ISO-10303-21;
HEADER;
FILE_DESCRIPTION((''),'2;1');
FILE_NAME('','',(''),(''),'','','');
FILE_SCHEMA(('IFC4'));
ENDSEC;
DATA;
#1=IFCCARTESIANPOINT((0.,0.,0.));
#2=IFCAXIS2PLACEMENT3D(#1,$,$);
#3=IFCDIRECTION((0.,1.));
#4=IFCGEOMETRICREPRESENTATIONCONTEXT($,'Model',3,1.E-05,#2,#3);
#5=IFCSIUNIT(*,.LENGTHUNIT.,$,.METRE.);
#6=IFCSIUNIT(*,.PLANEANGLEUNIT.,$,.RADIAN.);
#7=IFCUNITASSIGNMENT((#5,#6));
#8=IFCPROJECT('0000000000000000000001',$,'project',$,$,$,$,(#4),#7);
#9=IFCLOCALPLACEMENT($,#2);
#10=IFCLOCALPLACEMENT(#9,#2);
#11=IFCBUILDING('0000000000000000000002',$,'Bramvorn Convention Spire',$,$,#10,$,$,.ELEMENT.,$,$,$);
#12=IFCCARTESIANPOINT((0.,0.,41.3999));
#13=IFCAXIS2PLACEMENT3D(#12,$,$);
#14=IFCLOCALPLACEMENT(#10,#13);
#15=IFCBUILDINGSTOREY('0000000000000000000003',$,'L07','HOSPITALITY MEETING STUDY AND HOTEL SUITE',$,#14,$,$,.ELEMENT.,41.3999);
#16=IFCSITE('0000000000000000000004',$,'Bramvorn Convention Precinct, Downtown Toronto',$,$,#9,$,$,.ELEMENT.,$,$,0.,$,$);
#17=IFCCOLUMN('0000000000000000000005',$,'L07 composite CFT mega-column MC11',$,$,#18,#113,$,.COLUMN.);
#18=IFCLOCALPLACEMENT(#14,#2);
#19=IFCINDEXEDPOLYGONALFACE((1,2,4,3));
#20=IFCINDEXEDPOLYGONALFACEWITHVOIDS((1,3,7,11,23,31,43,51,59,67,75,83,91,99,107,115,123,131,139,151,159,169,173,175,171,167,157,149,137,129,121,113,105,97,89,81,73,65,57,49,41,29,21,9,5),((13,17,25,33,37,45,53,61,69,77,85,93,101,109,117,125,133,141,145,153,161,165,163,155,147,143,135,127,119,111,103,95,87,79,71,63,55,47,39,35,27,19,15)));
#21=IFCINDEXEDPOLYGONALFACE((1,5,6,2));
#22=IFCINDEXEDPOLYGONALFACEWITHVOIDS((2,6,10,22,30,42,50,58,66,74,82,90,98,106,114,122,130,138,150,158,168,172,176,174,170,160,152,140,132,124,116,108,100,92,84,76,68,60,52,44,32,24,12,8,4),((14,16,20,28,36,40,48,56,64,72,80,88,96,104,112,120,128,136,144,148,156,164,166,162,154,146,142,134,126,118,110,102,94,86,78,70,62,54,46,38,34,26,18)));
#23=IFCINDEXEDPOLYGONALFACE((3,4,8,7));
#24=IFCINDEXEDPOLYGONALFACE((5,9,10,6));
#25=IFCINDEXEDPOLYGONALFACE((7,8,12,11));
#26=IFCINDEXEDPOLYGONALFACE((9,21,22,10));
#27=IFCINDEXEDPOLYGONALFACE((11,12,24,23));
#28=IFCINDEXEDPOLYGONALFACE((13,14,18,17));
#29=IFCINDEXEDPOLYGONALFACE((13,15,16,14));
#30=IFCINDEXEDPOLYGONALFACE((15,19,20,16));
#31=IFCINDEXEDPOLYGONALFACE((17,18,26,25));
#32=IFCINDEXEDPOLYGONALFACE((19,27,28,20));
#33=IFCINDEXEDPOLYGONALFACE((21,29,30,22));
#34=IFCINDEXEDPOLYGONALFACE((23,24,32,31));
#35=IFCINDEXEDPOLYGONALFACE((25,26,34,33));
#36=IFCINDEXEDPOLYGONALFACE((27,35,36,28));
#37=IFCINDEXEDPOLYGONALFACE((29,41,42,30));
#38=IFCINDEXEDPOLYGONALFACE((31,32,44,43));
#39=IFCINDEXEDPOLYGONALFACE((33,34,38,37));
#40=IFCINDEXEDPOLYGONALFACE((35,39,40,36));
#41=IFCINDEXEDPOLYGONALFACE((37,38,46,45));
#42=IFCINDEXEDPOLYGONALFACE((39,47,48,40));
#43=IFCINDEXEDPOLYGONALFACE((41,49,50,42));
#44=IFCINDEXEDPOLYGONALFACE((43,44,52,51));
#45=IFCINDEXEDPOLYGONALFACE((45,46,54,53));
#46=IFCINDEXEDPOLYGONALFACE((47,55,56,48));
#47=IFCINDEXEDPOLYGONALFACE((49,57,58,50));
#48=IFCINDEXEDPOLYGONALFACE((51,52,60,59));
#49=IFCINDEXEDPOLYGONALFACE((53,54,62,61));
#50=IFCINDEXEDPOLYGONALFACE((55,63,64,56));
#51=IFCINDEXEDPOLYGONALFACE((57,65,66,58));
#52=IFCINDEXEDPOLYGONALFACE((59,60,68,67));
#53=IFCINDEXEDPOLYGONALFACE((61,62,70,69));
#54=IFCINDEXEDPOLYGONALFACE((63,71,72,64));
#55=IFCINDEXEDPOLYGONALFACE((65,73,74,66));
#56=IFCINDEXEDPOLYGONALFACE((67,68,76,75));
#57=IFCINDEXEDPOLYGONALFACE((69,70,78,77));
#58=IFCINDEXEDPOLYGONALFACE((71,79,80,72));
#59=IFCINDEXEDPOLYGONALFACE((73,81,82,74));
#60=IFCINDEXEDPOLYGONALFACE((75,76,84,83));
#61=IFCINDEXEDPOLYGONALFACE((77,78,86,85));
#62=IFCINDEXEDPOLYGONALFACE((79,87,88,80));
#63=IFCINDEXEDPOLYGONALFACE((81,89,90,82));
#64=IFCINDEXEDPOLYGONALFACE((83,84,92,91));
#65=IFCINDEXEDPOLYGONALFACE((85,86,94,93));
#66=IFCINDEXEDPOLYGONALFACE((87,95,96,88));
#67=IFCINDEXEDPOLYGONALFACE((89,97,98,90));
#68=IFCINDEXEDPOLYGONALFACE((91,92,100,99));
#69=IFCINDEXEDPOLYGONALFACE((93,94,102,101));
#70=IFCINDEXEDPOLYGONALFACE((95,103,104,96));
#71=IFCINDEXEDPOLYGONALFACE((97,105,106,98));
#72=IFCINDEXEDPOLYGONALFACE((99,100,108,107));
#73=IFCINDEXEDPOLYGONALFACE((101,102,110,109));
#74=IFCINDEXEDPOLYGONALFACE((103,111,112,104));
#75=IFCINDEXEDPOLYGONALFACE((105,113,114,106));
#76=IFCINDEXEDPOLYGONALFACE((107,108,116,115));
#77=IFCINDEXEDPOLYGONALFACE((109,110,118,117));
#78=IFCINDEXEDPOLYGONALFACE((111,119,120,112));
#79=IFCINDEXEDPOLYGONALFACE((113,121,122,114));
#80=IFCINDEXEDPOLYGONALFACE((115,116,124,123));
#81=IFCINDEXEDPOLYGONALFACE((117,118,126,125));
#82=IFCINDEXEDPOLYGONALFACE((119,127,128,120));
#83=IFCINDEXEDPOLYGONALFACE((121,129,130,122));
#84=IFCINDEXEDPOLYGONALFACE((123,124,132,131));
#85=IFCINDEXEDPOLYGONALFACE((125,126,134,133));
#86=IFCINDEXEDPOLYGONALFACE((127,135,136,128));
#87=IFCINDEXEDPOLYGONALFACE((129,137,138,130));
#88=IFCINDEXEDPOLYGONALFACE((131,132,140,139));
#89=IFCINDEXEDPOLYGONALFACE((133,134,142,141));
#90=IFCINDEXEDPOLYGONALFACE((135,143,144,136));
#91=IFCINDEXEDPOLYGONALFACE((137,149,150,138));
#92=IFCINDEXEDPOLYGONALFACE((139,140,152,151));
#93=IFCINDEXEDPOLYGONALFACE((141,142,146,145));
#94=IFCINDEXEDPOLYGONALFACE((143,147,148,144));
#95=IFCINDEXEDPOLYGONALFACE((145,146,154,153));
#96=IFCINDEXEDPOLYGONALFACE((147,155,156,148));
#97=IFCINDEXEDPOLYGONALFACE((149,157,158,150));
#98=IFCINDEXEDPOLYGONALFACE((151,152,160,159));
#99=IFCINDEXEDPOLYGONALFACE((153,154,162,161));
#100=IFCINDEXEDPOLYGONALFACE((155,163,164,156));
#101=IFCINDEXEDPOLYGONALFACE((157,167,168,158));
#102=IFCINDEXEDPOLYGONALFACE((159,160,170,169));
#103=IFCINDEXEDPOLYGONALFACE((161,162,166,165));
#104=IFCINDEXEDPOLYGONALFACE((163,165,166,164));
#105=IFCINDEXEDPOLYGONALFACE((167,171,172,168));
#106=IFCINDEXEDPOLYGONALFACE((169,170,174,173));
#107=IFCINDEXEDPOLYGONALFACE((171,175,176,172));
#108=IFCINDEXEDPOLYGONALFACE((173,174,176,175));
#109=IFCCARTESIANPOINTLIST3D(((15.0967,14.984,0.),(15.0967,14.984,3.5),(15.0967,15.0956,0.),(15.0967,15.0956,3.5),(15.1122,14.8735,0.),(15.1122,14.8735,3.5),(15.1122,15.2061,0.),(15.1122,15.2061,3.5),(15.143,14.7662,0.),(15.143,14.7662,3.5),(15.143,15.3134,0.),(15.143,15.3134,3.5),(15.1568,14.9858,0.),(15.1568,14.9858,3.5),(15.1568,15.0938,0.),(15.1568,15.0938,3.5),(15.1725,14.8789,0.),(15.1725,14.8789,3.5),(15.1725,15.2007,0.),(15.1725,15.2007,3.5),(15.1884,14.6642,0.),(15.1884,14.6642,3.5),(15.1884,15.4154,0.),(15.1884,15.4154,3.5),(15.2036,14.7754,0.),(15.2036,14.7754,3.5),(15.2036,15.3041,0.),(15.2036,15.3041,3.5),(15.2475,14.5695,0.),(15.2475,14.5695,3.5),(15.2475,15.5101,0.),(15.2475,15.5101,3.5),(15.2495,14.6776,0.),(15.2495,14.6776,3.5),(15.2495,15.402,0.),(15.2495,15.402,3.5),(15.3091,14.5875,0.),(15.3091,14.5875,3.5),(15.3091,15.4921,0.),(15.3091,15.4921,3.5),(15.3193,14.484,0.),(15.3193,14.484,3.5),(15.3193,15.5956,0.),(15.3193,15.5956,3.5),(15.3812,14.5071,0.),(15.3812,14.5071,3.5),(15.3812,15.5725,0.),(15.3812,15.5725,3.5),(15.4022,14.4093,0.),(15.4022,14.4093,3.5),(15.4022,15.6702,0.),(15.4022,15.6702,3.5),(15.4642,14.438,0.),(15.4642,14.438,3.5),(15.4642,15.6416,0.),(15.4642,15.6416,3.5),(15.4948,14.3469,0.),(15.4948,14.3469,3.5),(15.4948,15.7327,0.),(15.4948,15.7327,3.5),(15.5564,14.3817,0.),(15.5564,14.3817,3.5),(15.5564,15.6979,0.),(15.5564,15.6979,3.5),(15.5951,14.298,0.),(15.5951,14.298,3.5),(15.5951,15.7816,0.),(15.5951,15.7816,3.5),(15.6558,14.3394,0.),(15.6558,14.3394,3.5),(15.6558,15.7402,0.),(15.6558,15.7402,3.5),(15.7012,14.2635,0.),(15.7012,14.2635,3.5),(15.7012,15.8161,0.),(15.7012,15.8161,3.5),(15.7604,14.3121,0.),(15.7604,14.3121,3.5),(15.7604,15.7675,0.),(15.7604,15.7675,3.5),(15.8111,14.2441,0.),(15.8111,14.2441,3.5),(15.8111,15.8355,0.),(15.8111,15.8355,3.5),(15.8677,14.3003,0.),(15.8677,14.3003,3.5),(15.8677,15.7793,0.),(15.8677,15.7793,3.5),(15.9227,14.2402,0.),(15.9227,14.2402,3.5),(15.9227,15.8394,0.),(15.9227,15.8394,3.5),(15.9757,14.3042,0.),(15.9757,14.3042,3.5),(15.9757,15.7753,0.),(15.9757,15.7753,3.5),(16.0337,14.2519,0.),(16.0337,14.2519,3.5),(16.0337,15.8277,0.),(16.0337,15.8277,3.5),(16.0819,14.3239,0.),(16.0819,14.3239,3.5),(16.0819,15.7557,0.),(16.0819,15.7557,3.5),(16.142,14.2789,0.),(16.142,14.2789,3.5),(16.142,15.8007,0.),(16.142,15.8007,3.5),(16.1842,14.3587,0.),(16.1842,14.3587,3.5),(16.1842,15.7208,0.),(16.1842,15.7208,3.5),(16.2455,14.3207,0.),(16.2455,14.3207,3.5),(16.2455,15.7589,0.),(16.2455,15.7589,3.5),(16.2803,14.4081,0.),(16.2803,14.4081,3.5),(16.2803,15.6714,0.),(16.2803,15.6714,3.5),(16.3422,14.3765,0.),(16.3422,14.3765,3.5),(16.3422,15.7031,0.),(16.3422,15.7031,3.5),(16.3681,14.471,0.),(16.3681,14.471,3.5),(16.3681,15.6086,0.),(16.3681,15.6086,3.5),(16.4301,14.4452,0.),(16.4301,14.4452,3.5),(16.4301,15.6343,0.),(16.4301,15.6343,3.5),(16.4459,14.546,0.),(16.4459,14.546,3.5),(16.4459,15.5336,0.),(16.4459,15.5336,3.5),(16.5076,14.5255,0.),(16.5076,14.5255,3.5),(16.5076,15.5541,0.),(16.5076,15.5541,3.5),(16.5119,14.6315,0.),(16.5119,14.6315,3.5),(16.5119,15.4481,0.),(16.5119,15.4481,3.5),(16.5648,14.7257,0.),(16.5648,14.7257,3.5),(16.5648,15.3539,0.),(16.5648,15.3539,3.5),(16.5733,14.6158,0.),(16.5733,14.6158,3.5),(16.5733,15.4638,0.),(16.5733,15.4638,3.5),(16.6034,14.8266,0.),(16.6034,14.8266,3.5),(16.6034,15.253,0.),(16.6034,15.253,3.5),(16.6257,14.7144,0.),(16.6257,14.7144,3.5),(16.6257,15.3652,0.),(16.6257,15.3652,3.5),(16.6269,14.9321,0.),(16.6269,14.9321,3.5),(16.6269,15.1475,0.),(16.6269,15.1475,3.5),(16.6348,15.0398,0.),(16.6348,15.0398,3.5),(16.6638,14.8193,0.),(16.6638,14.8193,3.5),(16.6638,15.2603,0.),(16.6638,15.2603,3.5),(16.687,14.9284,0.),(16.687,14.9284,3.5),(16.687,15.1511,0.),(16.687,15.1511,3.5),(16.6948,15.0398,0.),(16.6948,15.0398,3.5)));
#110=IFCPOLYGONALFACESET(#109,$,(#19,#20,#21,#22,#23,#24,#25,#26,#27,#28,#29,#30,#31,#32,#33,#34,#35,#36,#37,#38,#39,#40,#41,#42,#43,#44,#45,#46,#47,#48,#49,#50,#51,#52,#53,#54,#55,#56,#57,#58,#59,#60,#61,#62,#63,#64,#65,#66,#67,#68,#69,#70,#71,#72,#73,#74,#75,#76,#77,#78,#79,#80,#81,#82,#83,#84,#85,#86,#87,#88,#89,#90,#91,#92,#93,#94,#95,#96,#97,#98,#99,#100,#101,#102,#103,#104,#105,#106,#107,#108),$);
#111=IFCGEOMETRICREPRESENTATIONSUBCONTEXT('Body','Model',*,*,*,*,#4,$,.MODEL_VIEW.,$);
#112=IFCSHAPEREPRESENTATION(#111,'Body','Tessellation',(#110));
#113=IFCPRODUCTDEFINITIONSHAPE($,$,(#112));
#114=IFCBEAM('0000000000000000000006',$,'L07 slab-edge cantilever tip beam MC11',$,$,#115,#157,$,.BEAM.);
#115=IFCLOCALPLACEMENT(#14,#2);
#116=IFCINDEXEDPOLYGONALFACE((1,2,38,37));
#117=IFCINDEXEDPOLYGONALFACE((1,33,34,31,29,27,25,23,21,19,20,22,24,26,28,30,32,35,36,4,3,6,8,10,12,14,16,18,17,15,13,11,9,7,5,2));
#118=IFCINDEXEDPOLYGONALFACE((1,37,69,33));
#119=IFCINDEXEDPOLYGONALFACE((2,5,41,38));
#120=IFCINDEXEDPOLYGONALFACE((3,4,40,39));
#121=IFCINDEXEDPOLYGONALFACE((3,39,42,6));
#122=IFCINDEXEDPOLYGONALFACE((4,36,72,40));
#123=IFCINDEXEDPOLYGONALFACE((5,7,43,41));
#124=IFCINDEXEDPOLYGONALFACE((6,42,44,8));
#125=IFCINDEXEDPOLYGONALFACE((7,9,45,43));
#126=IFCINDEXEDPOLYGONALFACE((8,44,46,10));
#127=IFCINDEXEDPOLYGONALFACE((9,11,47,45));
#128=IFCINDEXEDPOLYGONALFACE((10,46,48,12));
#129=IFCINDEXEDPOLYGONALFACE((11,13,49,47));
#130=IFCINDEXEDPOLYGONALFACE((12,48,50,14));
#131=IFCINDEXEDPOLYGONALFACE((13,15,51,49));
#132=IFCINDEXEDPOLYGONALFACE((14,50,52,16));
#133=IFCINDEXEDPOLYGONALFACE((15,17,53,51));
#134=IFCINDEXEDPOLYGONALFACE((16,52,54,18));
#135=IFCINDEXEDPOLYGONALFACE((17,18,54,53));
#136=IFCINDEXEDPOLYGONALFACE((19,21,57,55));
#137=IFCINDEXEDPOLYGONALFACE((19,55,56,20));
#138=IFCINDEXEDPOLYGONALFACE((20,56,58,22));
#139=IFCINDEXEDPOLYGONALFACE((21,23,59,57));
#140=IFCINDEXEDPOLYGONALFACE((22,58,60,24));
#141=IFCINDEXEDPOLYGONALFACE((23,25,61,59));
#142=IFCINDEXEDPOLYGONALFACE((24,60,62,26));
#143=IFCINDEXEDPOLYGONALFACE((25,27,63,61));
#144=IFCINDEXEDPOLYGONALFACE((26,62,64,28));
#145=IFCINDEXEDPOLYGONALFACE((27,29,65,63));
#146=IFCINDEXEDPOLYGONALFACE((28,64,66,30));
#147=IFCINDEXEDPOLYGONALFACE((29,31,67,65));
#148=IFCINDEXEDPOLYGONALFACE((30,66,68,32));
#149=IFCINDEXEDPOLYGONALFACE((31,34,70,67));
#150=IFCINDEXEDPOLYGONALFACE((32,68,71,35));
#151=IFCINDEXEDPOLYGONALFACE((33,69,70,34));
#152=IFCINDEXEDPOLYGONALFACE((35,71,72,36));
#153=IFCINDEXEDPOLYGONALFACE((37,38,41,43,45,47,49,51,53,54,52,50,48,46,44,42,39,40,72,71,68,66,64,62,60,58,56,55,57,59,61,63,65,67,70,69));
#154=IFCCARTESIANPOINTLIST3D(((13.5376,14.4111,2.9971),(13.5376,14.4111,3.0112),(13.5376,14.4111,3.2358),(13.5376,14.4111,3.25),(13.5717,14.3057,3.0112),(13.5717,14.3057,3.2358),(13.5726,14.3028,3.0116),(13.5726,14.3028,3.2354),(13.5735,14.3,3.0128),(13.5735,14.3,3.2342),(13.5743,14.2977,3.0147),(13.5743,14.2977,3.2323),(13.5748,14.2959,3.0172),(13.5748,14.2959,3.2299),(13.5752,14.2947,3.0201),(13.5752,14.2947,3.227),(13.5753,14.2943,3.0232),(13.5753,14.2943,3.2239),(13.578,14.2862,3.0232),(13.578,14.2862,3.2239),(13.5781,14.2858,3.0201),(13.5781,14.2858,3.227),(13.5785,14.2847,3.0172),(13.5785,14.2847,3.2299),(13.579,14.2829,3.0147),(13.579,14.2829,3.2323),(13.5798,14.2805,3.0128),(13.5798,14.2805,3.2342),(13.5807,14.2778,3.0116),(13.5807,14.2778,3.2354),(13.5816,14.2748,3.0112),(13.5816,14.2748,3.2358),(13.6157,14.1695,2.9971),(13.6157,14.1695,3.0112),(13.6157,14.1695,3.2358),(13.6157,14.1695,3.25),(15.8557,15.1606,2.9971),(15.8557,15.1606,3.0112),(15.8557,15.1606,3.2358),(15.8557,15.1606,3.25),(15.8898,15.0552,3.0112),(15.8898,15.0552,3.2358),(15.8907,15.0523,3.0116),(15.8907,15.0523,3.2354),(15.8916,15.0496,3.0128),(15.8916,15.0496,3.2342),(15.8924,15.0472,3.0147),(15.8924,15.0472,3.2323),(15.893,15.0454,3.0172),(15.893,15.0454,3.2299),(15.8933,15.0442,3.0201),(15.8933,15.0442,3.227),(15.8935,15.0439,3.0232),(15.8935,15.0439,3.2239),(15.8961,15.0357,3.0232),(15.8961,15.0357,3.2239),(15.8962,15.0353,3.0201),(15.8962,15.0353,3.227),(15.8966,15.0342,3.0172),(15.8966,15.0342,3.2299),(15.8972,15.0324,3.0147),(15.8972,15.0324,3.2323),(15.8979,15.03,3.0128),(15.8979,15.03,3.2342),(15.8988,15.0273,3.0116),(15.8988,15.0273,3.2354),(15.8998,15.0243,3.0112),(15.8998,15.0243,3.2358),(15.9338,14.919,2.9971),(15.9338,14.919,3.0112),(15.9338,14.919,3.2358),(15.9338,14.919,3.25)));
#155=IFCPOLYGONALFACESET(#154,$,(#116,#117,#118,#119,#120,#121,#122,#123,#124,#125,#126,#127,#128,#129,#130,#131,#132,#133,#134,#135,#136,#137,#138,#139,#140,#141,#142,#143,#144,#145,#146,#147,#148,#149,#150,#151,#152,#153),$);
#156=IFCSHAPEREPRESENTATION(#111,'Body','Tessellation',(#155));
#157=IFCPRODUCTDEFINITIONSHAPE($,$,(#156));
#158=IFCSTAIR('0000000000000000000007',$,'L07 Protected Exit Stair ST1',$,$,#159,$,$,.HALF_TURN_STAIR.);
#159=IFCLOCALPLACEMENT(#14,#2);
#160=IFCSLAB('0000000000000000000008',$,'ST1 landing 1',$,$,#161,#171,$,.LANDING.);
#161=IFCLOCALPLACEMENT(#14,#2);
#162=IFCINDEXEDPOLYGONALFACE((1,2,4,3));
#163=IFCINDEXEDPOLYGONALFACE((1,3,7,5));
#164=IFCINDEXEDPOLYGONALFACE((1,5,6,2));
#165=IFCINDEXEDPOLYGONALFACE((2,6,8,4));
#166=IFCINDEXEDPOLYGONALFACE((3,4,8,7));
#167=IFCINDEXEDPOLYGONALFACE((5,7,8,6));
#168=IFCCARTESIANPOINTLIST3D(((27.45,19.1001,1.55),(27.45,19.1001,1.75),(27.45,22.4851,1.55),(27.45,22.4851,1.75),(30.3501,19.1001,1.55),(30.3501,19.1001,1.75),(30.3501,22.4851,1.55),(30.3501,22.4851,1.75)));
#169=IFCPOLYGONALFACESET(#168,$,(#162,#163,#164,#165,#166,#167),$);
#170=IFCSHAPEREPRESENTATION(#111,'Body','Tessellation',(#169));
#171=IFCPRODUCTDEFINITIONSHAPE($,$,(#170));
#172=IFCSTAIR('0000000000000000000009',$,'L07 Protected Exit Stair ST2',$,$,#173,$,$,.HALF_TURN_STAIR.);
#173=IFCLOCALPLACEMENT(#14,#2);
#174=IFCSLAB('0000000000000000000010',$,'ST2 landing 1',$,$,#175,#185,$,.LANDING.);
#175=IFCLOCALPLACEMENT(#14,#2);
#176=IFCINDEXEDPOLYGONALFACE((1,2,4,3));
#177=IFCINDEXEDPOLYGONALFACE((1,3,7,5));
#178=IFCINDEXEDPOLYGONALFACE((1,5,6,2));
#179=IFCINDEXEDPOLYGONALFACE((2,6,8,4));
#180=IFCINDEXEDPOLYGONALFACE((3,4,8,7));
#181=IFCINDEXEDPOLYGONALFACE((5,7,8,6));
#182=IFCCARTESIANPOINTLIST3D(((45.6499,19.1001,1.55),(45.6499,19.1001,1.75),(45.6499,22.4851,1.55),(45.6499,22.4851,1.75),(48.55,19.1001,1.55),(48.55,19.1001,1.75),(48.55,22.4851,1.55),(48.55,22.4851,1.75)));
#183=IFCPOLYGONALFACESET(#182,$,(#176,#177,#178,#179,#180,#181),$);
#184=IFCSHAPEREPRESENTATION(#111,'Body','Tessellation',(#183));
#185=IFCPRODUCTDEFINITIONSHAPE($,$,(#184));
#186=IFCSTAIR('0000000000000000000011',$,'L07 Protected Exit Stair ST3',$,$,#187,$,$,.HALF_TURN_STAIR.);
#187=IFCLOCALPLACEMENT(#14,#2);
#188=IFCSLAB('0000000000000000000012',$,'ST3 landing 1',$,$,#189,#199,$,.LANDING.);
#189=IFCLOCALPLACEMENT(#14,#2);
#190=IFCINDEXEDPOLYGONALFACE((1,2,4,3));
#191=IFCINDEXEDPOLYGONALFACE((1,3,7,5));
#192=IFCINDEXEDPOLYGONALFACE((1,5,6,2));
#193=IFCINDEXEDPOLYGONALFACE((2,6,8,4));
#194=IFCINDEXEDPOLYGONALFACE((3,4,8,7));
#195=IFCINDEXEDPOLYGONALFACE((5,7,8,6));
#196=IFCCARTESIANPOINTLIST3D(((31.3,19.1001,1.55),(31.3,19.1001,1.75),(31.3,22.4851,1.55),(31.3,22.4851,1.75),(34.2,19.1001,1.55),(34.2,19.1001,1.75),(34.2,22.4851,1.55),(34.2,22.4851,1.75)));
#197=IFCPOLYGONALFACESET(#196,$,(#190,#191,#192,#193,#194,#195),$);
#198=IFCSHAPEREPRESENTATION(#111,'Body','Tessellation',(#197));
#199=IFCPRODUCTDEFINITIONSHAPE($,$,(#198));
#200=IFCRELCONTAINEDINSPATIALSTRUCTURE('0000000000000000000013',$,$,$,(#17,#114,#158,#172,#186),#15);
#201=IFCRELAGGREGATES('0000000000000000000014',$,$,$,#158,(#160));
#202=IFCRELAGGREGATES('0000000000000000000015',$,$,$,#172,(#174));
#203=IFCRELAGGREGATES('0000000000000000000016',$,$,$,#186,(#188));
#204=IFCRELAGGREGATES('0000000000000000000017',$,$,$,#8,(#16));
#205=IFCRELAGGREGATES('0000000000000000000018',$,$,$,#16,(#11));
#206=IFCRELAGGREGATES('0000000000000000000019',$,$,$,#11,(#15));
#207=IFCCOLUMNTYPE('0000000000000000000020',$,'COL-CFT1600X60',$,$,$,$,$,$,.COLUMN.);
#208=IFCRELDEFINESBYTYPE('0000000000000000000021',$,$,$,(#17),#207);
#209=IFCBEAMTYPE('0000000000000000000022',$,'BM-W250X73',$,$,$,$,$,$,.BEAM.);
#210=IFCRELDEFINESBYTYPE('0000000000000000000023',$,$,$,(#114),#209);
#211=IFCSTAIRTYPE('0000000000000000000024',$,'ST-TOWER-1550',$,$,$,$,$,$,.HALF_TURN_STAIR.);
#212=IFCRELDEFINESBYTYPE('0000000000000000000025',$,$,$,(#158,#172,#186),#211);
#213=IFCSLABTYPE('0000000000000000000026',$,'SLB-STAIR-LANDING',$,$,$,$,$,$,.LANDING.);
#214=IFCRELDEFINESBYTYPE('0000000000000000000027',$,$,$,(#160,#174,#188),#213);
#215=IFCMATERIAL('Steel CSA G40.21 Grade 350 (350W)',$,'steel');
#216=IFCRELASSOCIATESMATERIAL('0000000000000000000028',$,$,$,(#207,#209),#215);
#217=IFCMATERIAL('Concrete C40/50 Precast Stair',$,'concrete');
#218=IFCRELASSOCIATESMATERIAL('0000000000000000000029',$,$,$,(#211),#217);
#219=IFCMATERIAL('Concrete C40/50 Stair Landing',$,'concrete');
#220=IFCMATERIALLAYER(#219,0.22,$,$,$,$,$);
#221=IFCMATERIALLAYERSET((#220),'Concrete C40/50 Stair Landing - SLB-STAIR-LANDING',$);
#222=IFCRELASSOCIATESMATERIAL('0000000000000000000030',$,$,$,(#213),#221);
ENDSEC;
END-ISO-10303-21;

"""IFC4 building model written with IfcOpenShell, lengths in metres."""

from ifc_helpers import new_model, si_unit, direction, frame, origin, origin_2d, place, context, subcontext, project, spatial, polyline, hollow_circle, i_section, outline, extrude, material, layer, layer_set, material_profile, profile_set, type_object, element, aggregate, save


model = new_model("IFC4")

# Units and contexts
model_context = context("Model", 3, precision=1e-05, world=origin(), true_north=direction((0.0, 1.0)))
body_context = subcontext(model_context, "Body", "Model", "MODEL_VIEW")
ifc_project = project(units=[si_unit("LENGTHUNIT", "METRE"), si_unit("PLANEANGLEUNIT", "RADIAN")], contexts=[model_context])

# Site, building, storey
site_placement = place(None, origin())
site = spatial("IfcSite", under=ifc_project, at=site_placement, Name="Bramvorn Convention Precinct, Downtown Toronto", CompositionType="ELEMENT", RefElevation=0.0)
building_placement = place(site_placement, origin())
building = spatial("IfcBuilding", under=site, at=building_placement, Name="Bramvorn Convention Spire", CompositionType="ELEMENT")
storey_placement = place(building_placement, frame((0.0, 0.0, 41.3999)))
storey = spatial("IfcBuildingStorey", under=building, at=storey_placement, Name="L07", Description="HOSPITALITY MEETING STUDY AND HOTEL SUITE", CompositionType="ELEMENT", Elevation=41.3999)

# Column
ifc_material_1 = material(Name="Steel CSA G40.21 Grade 350 (350W)", Category="steel")
ifc_material_profile_1 = material_profile(ifc_material_1, hollow_circle(Radius=0.8, WallThickness=0.0601, at=origin_2d()))
ifc_profile_set_1 = profile_set([ifc_material_profile_1], Name="Steel CSA G40.21 Grade 350 (350W) - CFT1600X60")
column_type = type_object("IfcColumnType", Name="COL-CFT1600X60", PredefinedType="COLUMN", material=ifc_profile_set_1)
column_placement = place(storey_placement, frame((15.8948, 15.0398, 0.0), z_axis=(0.0, 0.0, 1.0), x_axis=(1.0, 0.0, 0.0)))
element("IfcColumn", 1, at=column_placement, inside=storey, type_object=column_type, Name="L07 composite CFT mega-column MC11", PredefinedType="COLUMN", context=body_context, shape_type="SweptSolid", body=[
    extrude(hollow_circle(Radius=0.8, WallThickness=0.0601, at=origin_2d()), origin(), (0.0, 0.0, 1.0), 3.5),
])

# Beam
ifc_material_profile_2 = material_profile(ifc_material_1, i_section(OverallWidth=0.2539, OverallDepth=0.2529, WebThickness=0.0085, FlangeThickness=0.0142, FilletRadius=0.012, at=origin_2d()))
ifc_profile_set_2 = profile_set([ifc_material_profile_2], Name="Steel CSA G40.21 Grade 350 (350W) - W250X73")
beam_type = type_object("IfcBeamType", Name="BM-W250X73", PredefinedType="BEAM", material=ifc_profile_set_2)
beam_placement = place(storey_placement, frame((15.8948, 15.0398, 3.1235), z_axis=(-0.951501, -0.307647, 0.0), x_axis=(0.307647, -0.951501, 0.0)))
element("IfcBeam", 2, at=beam_placement, inside=storey, type_object=beam_type, Name="L07 slab-edge cantilever tip beam MC11", PredefinedType="BEAM", context=body_context, shape_type="SweptSolid", body=[
    extrude(i_section(OverallWidth=0.2539, OverallDepth=0.2529, WebThickness=0.0085, FlangeThickness=0.0142, FilletRadius=0.012, at=origin_2d()), origin(), (0.0, 0.0, 1.0), 2.4363),
])

# Stairs, slabs
ifc_material_2 = material(Name="Concrete C40/50 Precast Stair", Category="concrete")
stair_type = type_object("IfcStairType", Name="ST-TOWER-1550", PredefinedType="HALF_TURN_STAIR", material=ifc_material_2)
stair_1_placement = place(storey_placement, origin())
stair_1 = element("IfcStair", 3, at=stair_1_placement, inside=storey, type_object=stair_type, Name="L07 Protected Exit Stair ST1", PredefinedType="HALF_TURN_STAIR")
ifc_material_3 = material(Name="Concrete C40/50 Stair Landing", Category="concrete")
ifc_layer_1 = layer(ifc_material_3, 0.22)
ifc_layer_set_1 = layer_set([ifc_layer_1], Name="Concrete C40/50 Stair Landing - SLB-STAIR-LANDING")
slab_type_1 = type_object("IfcSlabType", Name="SLB-STAIR-LANDING", PredefinedType="LANDING", material=ifc_layer_set_1)
slab_1_placement = place(storey_placement, frame((0.0, 0.0, 1.55)))
slab_1 = element("IfcSlab", 4, at=slab_1_placement, type_object=slab_type_1, Name="ST1 landing 1", PredefinedType="LANDING", context=body_context, shape_type="SweptSolid", body=[
    extrude(outline(polyline([(27.45, 22.4851), (27.45, 19.1001), (30.3501, 19.1001), (30.3501, 22.4851), (27.45, 22.4851)])), origin(), (0.0, 0.0, 1.0), 0.2),
])
aggregate(stair_1, [slab_1])
stair_2_placement = place(storey_placement, origin())
stair_2 = element("IfcStair", 5, at=stair_2_placement, inside=storey, type_object=stair_type, Name="L07 Protected Exit Stair ST2", PredefinedType="HALF_TURN_STAIR")
slab_2_placement = place(storey_placement, frame((0.0, 0.0, 1.55)))
slab_2 = element("IfcSlab", 6, at=slab_2_placement, type_object=slab_type_1, Name="ST2 landing 1", PredefinedType="LANDING", context=body_context, shape_type="SweptSolid", body=[
    extrude(outline(polyline([(45.6499, 22.4851), (45.6499, 19.1001), (48.55, 19.1001), (48.55, 22.4851), (45.6499, 22.4851)])), origin(), (0.0, 0.0, 1.0), 0.2),
])
aggregate(stair_2, [slab_2])
stair_3_placement = place(storey_placement, origin())
stair_3 = element("IfcStair", 7, at=stair_3_placement, inside=storey, type_object=stair_type, Name="L07 Protected Exit Stair ST3", PredefinedType="HALF_TURN_STAIR")
slab_3_placement = place(storey_placement, frame((0.0, 0.0, 1.55)))
slab_3 = element("IfcSlab", 8, at=slab_3_placement, type_object=slab_type_1, Name="ST3 landing 1", PredefinedType="LANDING", context=body_context, shape_type="SweptSolid", body=[
    extrude(outline(polyline([(31.3, 22.4851), (31.3, 19.1001), (34.2, 19.1001), (34.2, 22.4851), (31.3, 22.4851)])), origin(), (0.0, 0.0, 1.0), 0.2),
])
aggregate(stair_3, [slab_3])

save(model, "model.ifc")
